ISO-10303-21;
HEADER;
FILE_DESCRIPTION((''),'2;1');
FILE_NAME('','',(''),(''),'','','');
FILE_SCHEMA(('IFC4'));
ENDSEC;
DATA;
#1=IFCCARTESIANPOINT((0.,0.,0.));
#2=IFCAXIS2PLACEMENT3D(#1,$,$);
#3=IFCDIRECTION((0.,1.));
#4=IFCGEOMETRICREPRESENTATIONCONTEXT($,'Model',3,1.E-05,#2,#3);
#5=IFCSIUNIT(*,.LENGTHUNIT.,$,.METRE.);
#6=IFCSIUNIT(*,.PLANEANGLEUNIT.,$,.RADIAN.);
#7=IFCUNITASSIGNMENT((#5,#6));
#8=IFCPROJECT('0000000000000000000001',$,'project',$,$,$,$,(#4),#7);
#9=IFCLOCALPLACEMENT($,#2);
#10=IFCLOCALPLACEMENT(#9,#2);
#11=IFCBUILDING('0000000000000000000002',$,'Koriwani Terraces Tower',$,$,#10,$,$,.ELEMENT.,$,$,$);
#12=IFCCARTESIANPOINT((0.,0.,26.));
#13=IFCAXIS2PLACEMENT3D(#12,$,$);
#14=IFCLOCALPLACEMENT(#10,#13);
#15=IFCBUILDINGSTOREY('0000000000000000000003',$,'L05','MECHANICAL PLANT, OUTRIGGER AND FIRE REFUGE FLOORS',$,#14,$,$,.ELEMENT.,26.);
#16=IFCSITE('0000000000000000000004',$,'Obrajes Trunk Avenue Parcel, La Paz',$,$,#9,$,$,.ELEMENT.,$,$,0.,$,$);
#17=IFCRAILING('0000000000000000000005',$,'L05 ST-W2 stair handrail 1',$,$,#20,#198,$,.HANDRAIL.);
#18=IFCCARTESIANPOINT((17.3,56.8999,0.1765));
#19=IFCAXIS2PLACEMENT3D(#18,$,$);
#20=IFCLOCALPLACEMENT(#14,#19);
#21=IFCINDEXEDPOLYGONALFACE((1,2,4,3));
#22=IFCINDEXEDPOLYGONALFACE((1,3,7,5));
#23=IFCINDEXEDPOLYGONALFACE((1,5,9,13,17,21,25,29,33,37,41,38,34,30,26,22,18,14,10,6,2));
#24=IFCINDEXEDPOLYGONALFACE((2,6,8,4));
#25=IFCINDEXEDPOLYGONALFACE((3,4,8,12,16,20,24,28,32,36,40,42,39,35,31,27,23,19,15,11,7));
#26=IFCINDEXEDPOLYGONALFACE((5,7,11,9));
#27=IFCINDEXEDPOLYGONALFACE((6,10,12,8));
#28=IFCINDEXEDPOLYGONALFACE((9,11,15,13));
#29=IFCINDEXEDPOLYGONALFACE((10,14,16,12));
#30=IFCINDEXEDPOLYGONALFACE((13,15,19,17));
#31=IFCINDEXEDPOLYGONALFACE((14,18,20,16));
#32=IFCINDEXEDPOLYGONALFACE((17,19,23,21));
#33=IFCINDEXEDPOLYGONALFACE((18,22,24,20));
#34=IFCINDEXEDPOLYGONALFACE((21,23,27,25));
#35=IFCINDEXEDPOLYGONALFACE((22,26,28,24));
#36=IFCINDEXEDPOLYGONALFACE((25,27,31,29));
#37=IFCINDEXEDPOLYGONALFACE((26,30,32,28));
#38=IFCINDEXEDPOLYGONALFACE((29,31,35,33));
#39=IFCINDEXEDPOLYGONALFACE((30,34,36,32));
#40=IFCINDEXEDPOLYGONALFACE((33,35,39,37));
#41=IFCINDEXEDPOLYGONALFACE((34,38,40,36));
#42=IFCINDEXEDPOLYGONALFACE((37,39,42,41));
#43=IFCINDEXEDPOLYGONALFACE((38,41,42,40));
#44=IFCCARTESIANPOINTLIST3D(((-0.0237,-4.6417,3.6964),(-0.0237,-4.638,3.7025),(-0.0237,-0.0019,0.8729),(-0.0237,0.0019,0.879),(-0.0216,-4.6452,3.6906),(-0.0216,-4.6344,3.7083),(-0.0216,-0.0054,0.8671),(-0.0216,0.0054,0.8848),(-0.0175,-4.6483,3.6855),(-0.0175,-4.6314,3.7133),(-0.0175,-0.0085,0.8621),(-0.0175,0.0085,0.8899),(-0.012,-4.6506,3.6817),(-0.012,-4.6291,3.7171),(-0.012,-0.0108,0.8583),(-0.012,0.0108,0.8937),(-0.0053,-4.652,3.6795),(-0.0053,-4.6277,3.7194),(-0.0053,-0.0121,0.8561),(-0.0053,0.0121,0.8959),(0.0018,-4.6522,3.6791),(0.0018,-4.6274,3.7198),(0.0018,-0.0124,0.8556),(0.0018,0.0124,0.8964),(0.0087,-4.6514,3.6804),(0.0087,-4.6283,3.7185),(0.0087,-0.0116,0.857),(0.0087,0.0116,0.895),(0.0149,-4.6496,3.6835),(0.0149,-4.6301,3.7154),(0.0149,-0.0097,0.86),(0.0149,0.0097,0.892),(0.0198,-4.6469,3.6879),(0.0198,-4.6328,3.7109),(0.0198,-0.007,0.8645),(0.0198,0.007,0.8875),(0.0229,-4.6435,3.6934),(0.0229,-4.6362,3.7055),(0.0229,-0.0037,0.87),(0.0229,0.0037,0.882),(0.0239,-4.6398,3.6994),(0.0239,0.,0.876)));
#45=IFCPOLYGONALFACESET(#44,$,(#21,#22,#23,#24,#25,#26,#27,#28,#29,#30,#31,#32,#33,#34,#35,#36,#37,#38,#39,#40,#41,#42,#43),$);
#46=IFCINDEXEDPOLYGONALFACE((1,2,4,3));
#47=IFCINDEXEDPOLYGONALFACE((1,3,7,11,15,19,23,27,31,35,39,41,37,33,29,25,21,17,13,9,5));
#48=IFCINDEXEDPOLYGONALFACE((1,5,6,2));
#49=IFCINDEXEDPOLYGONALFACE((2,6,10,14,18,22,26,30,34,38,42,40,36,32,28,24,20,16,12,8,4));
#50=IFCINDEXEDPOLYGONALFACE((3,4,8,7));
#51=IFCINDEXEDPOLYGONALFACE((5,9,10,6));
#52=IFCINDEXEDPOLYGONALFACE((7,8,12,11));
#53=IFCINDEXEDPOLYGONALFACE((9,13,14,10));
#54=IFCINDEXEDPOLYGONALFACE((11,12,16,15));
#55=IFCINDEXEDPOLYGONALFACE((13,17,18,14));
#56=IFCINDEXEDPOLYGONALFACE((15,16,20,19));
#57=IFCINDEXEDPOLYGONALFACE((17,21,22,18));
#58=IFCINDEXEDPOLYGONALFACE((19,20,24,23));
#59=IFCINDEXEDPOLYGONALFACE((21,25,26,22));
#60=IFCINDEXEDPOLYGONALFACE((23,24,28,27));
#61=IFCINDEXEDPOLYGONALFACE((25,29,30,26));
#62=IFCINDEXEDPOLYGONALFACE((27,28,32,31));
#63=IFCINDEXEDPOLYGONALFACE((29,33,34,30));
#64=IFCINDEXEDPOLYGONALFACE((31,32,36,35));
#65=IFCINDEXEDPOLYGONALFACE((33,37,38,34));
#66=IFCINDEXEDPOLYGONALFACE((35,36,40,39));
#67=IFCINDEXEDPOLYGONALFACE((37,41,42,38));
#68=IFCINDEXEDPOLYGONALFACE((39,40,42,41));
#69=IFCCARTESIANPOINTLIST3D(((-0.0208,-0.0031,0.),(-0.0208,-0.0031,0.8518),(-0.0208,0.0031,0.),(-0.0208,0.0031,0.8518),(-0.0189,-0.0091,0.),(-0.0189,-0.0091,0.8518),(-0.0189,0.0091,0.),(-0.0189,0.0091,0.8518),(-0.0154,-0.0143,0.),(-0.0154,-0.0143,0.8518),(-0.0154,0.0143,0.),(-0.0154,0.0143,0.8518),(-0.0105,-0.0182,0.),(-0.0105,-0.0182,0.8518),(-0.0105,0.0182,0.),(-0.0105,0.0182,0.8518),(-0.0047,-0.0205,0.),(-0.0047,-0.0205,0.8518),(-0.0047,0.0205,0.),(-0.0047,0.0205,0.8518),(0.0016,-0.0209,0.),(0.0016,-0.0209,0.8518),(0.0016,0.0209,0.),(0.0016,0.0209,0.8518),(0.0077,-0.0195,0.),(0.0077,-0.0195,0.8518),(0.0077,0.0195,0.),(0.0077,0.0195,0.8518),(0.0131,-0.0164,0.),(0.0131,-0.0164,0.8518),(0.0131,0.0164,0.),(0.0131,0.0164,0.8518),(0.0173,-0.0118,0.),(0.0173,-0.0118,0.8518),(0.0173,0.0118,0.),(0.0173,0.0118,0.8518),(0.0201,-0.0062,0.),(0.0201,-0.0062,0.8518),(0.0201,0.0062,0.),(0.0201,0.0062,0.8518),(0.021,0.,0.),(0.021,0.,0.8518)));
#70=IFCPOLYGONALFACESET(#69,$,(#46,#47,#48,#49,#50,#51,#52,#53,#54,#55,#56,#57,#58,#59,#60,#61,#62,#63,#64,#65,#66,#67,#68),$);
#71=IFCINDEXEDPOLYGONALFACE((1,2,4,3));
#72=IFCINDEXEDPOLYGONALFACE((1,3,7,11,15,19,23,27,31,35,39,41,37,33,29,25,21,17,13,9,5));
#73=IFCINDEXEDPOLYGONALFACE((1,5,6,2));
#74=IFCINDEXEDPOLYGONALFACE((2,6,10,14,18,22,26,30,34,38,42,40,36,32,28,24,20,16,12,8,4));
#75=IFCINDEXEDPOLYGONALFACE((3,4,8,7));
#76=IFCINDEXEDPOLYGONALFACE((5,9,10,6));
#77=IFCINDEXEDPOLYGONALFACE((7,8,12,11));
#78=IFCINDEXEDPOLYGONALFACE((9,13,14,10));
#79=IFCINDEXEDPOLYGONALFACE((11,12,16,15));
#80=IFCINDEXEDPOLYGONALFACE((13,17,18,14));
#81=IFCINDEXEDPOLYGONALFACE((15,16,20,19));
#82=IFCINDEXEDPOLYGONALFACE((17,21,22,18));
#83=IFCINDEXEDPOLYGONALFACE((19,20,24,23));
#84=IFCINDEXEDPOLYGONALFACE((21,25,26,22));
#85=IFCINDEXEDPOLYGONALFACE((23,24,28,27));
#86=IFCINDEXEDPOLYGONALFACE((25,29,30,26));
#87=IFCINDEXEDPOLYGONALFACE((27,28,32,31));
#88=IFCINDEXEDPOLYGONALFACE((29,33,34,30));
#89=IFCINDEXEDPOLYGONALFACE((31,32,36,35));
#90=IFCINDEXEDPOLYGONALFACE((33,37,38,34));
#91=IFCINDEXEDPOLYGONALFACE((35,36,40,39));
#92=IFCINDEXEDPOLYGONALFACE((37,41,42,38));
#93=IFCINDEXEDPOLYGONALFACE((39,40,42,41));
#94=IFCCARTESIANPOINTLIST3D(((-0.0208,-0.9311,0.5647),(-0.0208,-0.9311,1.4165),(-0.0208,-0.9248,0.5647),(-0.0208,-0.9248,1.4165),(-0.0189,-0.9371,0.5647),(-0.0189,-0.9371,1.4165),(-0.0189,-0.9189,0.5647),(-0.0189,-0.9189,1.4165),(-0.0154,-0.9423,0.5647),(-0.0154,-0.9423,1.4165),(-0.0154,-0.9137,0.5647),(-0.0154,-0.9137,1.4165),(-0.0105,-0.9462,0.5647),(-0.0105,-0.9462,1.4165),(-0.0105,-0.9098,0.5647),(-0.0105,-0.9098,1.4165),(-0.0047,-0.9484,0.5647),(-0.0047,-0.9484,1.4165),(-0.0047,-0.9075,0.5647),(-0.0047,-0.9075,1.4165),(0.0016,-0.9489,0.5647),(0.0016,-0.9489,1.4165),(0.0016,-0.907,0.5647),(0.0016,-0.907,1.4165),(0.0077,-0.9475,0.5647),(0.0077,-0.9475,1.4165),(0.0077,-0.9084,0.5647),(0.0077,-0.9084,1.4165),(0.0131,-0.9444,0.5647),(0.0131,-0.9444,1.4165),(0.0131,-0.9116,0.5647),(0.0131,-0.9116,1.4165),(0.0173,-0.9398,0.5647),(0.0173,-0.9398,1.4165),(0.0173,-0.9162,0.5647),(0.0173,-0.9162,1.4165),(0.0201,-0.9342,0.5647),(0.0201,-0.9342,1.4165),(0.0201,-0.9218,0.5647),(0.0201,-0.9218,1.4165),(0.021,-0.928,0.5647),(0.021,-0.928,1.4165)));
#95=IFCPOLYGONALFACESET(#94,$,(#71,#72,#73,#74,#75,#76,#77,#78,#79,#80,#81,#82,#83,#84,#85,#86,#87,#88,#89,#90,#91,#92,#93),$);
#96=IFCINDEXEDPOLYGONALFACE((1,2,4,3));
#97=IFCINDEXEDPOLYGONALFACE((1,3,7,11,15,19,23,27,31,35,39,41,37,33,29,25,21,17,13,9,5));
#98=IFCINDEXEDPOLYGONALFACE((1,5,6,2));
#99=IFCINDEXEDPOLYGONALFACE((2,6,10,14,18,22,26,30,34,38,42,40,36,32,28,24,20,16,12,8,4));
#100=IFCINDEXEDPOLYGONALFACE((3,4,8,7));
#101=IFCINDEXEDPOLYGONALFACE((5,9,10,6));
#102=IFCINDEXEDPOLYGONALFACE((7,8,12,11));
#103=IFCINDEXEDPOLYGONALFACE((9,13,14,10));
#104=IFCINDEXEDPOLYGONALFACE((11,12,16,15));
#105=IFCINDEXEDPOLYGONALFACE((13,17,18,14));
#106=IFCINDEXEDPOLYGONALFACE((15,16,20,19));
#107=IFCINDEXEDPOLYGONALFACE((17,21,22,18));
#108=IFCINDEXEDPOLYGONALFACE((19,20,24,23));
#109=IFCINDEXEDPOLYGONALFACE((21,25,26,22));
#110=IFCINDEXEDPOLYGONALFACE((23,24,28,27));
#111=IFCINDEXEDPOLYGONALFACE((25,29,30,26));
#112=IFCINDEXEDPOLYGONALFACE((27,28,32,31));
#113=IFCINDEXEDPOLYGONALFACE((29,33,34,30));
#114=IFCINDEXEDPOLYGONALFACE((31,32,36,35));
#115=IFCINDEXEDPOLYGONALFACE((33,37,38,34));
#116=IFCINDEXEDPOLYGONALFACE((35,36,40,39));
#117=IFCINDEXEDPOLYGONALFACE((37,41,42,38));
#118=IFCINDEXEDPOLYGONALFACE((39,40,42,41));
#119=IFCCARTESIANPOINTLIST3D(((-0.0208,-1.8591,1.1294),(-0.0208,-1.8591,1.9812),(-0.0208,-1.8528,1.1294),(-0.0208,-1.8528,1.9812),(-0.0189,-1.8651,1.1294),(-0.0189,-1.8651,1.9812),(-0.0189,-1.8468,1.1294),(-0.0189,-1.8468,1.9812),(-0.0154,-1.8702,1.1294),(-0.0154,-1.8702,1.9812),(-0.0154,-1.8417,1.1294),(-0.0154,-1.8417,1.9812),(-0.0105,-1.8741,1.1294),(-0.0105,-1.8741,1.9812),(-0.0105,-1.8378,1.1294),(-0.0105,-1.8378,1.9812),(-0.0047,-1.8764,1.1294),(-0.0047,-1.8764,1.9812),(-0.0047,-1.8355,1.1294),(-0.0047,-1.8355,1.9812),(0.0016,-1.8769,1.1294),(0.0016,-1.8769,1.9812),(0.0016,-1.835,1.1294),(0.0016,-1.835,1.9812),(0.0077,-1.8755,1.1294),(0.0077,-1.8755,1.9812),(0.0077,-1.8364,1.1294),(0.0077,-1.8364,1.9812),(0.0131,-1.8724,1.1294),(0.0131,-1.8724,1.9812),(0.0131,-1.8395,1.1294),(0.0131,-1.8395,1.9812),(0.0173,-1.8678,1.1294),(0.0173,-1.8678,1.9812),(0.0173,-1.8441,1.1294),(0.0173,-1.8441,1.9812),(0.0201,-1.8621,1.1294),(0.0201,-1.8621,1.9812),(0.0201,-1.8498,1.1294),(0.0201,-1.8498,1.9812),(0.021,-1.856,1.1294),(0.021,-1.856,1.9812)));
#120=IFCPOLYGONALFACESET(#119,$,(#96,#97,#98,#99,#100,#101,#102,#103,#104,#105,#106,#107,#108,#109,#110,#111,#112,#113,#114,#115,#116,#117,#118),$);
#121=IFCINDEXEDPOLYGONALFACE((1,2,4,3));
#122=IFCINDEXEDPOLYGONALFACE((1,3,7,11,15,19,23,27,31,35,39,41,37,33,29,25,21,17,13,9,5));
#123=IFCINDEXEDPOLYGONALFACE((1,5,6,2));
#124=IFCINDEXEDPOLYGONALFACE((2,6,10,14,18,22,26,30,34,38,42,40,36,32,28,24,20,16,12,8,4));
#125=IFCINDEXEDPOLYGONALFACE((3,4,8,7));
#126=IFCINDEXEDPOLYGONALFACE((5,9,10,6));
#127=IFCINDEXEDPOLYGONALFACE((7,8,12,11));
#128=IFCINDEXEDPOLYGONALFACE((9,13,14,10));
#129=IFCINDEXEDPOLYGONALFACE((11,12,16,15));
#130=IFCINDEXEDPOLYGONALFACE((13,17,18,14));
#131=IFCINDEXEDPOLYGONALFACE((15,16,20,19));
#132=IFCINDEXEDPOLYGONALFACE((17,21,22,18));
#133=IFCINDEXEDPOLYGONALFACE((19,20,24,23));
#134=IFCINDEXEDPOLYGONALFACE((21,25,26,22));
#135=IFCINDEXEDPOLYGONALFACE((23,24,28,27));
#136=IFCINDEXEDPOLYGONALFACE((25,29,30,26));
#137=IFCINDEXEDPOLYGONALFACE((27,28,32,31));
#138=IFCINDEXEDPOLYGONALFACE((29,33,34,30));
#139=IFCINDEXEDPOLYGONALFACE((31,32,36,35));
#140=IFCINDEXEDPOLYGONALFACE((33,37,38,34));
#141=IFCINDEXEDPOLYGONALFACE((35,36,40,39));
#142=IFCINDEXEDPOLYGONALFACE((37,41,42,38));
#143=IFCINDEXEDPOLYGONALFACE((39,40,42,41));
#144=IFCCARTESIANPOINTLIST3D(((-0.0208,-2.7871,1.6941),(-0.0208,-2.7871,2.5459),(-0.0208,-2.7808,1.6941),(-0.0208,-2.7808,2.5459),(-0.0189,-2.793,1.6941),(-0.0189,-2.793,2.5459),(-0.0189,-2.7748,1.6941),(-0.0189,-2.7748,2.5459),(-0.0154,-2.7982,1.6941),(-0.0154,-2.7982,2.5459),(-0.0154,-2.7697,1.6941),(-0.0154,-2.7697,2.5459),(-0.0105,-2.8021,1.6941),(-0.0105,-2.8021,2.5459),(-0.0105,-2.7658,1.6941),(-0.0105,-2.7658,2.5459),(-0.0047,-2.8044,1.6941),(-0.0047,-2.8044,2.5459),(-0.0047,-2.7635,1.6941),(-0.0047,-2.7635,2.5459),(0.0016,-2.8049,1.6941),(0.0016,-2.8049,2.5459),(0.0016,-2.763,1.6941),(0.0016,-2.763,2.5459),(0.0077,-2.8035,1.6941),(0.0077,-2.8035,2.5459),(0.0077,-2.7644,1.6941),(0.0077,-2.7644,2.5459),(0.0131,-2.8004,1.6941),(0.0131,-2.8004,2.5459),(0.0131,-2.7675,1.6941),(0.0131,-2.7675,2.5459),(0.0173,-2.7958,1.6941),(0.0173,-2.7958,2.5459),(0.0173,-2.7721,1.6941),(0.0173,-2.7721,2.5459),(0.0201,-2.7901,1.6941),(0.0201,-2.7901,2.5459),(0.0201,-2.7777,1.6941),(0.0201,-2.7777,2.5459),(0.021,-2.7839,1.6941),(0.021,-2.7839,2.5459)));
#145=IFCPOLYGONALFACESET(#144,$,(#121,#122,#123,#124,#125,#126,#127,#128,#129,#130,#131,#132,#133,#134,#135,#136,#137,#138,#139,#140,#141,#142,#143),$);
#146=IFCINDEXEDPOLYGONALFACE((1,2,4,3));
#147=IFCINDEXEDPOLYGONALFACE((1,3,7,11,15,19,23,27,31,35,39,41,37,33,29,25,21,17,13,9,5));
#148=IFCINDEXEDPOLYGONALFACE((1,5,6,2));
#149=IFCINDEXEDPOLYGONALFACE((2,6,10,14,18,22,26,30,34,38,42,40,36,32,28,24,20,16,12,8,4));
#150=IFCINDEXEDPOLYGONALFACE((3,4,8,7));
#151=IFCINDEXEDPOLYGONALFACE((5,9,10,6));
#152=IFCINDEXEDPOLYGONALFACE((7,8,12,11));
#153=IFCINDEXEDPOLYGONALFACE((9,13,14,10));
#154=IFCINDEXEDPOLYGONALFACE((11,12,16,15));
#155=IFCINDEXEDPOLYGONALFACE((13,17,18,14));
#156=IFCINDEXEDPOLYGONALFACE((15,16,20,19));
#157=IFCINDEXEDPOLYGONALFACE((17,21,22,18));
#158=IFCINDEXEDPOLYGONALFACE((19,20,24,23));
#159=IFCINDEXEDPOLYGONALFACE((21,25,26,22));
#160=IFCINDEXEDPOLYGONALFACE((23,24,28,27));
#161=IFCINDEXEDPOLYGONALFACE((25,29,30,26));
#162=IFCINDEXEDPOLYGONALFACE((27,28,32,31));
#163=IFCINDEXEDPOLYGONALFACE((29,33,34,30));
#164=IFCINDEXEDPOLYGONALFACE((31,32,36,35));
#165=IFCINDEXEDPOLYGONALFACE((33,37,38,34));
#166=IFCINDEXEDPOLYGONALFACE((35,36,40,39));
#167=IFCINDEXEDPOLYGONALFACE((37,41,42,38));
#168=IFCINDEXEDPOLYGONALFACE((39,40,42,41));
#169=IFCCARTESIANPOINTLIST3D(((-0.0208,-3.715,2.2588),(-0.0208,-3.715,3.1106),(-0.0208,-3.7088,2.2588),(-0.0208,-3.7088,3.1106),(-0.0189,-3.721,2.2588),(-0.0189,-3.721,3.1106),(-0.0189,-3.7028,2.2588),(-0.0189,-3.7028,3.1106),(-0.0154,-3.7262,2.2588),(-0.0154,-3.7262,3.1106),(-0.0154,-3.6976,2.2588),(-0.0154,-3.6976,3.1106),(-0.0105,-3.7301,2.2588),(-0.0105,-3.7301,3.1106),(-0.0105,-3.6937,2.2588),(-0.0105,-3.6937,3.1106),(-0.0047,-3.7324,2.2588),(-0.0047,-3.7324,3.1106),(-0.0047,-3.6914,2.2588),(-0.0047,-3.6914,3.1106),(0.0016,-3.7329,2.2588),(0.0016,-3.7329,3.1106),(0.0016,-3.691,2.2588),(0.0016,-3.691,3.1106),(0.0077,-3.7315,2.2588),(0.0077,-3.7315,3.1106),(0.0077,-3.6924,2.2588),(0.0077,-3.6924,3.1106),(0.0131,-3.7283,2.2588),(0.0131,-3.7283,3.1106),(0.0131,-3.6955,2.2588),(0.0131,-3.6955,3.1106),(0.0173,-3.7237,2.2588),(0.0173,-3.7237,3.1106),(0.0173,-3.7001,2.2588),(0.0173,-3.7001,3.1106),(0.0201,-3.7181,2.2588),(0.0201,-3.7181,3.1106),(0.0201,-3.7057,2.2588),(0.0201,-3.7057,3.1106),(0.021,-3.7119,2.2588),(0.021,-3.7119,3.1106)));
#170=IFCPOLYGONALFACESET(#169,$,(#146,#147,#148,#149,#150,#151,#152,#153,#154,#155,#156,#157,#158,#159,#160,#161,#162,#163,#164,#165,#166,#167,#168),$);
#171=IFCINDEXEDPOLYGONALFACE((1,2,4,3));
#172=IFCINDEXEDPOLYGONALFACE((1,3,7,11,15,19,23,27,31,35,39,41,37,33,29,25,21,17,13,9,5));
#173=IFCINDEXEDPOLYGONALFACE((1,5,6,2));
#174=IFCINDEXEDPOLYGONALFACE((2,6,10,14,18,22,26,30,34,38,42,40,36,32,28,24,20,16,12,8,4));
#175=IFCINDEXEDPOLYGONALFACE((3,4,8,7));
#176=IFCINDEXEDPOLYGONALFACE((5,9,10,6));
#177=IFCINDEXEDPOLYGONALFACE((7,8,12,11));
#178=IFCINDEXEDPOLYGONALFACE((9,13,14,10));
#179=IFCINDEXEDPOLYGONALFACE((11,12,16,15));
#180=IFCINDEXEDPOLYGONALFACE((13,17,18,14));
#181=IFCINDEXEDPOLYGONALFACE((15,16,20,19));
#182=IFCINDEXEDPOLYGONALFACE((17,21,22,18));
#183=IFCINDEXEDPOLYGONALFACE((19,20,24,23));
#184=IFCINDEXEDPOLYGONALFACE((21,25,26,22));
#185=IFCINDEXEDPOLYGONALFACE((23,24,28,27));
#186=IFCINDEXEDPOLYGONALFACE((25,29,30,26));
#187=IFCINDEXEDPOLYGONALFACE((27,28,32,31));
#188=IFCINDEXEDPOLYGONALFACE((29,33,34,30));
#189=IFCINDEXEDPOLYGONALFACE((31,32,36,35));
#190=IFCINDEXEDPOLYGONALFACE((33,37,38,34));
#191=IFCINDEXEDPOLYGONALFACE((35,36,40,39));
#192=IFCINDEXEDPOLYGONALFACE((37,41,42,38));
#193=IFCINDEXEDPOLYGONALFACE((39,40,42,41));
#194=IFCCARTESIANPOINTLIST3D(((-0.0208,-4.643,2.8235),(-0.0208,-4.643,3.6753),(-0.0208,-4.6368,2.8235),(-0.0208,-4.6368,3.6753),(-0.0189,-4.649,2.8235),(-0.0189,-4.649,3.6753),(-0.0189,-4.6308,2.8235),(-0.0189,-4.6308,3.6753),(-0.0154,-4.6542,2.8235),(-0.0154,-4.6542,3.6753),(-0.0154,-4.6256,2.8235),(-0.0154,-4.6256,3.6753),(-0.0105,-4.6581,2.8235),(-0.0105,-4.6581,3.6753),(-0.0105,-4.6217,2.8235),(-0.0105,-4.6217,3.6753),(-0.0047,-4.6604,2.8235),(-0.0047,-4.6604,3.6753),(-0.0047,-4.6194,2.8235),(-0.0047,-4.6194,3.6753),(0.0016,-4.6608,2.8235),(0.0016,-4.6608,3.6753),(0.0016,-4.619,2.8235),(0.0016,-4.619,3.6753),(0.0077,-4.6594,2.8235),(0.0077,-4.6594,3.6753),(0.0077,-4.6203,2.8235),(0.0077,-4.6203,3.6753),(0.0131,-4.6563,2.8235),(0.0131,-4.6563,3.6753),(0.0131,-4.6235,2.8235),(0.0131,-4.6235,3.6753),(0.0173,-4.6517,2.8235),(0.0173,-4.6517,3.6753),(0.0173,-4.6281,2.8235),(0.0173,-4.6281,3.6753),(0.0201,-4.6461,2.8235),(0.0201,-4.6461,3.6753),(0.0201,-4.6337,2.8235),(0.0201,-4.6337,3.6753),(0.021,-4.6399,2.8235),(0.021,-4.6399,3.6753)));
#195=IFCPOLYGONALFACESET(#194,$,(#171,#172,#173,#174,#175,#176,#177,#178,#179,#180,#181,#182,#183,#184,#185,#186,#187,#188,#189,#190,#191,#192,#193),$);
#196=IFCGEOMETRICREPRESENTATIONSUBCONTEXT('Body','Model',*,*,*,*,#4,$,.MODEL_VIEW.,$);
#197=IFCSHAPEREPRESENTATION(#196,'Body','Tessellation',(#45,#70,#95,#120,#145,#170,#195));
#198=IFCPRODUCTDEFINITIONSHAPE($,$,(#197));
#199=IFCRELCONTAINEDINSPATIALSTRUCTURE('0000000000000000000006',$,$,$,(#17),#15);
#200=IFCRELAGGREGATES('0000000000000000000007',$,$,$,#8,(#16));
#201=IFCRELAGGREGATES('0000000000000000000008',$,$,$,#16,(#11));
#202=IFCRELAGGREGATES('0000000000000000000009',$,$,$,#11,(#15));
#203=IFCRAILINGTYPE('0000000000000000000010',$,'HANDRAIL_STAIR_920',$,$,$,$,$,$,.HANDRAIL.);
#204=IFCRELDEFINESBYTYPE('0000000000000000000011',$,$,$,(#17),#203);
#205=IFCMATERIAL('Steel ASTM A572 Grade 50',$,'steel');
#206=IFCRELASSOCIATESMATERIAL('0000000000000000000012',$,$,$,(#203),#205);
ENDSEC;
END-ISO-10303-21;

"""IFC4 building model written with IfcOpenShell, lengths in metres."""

from ifc_helpers import new_model, si_unit, direction, frame, origin, origin_2d, place, context, subcontext, project, spatial, circle, extrude, material, type_object, element, save


model = new_model("IFC4")

# Units and contexts
model_context = context("Model", 3, precision=1e-05, world=origin(), true_north=direction((0.0, 1.0)))
body_context = subcontext(model_context, "Body", "Model", "MODEL_VIEW")
ifc_project = project(units=[si_unit("LENGTHUNIT", "METRE"), si_unit("PLANEANGLEUNIT", "RADIAN")], contexts=[model_context])

# Site, building, storey
site_placement = place(None, origin())
site = spatial("IfcSite", under=ifc_project, at=site_placement, Name="Obrajes Trunk Avenue Parcel, La Paz", CompositionType="ELEMENT", RefElevation=0.0)
building_placement = place(site_placement, origin())
building = spatial("IfcBuilding", under=site, at=building_placement, Name="Koriwani Terraces Tower", CompositionType="ELEMENT")
storey_placement = place(building_placement, frame((0.0, 0.0, 26.0)))
storey = spatial("IfcBuildingStorey", under=building, at=storey_placement, Name="L05", Description="MECHANICAL PLANT, OUTRIGGER AND FIRE REFUGE FLOORS", CompositionType="ELEMENT", Elevation=26.0)

# Shared definitions
ifc_material_1 = material(Name="Steel ASTM A572 Grade 50", Category="steel")

# Railing
railing_type_1 = type_object("IfcRailingType", Name="HANDRAIL_STAIR_920", PredefinedType="HANDRAIL", material=ifc_material_1)
for number, where, name in (
    (1, (17.3, 56.8999, 0.1765), "L05 ST-W2 stair handrail 1"),
):
    element("IfcRailing", number, at=place(storey_placement, frame(where)), inside=storey, type_object=railing_type_1, Name=name, PredefinedType="HANDRAIL", context=body_context, shape_type="SweptSolid", body=[
        extrude(circle(Radius=0.0239, at=origin_2d()), frame((0.0, 0.0, 0.876), z_axis=(0.0, -0.854264, 0.51984), x_axis=(1.0, 0.0, 0.0)), (0.0, 0.0, 1.0), 5.4314),
        extrude(circle(Radius=0.021, at=origin_2d()), origin(), (0.0, 0.0, 1.0), 0.8518),
        extrude(circle(Radius=0.021, at=origin_2d()), frame((0.0, -0.928, 0.5647)), (0.0, 0.0, 1.0), 0.8518),
        extrude(circle(Radius=0.021, at=origin_2d()), frame((0.0, -1.856, 1.1294)), (0.0, 0.0, 1.0), 0.8518),
        extrude(circle(Radius=0.021, at=origin_2d()), frame((0.0, -2.7839, 1.6941)), (0.0, 0.0, 1.0), 0.8518),
        extrude(circle(Radius=0.021, at=origin_2d()), frame((0.0, -3.7119, 2.2588)), (0.0, 0.0, 1.0), 0.8518),
        extrude(circle(Radius=0.021, at=origin_2d()), frame((0.0, -4.6399, 2.8235)), (0.0, 0.0, 1.0), 0.8518),
    ])

save(model, "model.ifc")
